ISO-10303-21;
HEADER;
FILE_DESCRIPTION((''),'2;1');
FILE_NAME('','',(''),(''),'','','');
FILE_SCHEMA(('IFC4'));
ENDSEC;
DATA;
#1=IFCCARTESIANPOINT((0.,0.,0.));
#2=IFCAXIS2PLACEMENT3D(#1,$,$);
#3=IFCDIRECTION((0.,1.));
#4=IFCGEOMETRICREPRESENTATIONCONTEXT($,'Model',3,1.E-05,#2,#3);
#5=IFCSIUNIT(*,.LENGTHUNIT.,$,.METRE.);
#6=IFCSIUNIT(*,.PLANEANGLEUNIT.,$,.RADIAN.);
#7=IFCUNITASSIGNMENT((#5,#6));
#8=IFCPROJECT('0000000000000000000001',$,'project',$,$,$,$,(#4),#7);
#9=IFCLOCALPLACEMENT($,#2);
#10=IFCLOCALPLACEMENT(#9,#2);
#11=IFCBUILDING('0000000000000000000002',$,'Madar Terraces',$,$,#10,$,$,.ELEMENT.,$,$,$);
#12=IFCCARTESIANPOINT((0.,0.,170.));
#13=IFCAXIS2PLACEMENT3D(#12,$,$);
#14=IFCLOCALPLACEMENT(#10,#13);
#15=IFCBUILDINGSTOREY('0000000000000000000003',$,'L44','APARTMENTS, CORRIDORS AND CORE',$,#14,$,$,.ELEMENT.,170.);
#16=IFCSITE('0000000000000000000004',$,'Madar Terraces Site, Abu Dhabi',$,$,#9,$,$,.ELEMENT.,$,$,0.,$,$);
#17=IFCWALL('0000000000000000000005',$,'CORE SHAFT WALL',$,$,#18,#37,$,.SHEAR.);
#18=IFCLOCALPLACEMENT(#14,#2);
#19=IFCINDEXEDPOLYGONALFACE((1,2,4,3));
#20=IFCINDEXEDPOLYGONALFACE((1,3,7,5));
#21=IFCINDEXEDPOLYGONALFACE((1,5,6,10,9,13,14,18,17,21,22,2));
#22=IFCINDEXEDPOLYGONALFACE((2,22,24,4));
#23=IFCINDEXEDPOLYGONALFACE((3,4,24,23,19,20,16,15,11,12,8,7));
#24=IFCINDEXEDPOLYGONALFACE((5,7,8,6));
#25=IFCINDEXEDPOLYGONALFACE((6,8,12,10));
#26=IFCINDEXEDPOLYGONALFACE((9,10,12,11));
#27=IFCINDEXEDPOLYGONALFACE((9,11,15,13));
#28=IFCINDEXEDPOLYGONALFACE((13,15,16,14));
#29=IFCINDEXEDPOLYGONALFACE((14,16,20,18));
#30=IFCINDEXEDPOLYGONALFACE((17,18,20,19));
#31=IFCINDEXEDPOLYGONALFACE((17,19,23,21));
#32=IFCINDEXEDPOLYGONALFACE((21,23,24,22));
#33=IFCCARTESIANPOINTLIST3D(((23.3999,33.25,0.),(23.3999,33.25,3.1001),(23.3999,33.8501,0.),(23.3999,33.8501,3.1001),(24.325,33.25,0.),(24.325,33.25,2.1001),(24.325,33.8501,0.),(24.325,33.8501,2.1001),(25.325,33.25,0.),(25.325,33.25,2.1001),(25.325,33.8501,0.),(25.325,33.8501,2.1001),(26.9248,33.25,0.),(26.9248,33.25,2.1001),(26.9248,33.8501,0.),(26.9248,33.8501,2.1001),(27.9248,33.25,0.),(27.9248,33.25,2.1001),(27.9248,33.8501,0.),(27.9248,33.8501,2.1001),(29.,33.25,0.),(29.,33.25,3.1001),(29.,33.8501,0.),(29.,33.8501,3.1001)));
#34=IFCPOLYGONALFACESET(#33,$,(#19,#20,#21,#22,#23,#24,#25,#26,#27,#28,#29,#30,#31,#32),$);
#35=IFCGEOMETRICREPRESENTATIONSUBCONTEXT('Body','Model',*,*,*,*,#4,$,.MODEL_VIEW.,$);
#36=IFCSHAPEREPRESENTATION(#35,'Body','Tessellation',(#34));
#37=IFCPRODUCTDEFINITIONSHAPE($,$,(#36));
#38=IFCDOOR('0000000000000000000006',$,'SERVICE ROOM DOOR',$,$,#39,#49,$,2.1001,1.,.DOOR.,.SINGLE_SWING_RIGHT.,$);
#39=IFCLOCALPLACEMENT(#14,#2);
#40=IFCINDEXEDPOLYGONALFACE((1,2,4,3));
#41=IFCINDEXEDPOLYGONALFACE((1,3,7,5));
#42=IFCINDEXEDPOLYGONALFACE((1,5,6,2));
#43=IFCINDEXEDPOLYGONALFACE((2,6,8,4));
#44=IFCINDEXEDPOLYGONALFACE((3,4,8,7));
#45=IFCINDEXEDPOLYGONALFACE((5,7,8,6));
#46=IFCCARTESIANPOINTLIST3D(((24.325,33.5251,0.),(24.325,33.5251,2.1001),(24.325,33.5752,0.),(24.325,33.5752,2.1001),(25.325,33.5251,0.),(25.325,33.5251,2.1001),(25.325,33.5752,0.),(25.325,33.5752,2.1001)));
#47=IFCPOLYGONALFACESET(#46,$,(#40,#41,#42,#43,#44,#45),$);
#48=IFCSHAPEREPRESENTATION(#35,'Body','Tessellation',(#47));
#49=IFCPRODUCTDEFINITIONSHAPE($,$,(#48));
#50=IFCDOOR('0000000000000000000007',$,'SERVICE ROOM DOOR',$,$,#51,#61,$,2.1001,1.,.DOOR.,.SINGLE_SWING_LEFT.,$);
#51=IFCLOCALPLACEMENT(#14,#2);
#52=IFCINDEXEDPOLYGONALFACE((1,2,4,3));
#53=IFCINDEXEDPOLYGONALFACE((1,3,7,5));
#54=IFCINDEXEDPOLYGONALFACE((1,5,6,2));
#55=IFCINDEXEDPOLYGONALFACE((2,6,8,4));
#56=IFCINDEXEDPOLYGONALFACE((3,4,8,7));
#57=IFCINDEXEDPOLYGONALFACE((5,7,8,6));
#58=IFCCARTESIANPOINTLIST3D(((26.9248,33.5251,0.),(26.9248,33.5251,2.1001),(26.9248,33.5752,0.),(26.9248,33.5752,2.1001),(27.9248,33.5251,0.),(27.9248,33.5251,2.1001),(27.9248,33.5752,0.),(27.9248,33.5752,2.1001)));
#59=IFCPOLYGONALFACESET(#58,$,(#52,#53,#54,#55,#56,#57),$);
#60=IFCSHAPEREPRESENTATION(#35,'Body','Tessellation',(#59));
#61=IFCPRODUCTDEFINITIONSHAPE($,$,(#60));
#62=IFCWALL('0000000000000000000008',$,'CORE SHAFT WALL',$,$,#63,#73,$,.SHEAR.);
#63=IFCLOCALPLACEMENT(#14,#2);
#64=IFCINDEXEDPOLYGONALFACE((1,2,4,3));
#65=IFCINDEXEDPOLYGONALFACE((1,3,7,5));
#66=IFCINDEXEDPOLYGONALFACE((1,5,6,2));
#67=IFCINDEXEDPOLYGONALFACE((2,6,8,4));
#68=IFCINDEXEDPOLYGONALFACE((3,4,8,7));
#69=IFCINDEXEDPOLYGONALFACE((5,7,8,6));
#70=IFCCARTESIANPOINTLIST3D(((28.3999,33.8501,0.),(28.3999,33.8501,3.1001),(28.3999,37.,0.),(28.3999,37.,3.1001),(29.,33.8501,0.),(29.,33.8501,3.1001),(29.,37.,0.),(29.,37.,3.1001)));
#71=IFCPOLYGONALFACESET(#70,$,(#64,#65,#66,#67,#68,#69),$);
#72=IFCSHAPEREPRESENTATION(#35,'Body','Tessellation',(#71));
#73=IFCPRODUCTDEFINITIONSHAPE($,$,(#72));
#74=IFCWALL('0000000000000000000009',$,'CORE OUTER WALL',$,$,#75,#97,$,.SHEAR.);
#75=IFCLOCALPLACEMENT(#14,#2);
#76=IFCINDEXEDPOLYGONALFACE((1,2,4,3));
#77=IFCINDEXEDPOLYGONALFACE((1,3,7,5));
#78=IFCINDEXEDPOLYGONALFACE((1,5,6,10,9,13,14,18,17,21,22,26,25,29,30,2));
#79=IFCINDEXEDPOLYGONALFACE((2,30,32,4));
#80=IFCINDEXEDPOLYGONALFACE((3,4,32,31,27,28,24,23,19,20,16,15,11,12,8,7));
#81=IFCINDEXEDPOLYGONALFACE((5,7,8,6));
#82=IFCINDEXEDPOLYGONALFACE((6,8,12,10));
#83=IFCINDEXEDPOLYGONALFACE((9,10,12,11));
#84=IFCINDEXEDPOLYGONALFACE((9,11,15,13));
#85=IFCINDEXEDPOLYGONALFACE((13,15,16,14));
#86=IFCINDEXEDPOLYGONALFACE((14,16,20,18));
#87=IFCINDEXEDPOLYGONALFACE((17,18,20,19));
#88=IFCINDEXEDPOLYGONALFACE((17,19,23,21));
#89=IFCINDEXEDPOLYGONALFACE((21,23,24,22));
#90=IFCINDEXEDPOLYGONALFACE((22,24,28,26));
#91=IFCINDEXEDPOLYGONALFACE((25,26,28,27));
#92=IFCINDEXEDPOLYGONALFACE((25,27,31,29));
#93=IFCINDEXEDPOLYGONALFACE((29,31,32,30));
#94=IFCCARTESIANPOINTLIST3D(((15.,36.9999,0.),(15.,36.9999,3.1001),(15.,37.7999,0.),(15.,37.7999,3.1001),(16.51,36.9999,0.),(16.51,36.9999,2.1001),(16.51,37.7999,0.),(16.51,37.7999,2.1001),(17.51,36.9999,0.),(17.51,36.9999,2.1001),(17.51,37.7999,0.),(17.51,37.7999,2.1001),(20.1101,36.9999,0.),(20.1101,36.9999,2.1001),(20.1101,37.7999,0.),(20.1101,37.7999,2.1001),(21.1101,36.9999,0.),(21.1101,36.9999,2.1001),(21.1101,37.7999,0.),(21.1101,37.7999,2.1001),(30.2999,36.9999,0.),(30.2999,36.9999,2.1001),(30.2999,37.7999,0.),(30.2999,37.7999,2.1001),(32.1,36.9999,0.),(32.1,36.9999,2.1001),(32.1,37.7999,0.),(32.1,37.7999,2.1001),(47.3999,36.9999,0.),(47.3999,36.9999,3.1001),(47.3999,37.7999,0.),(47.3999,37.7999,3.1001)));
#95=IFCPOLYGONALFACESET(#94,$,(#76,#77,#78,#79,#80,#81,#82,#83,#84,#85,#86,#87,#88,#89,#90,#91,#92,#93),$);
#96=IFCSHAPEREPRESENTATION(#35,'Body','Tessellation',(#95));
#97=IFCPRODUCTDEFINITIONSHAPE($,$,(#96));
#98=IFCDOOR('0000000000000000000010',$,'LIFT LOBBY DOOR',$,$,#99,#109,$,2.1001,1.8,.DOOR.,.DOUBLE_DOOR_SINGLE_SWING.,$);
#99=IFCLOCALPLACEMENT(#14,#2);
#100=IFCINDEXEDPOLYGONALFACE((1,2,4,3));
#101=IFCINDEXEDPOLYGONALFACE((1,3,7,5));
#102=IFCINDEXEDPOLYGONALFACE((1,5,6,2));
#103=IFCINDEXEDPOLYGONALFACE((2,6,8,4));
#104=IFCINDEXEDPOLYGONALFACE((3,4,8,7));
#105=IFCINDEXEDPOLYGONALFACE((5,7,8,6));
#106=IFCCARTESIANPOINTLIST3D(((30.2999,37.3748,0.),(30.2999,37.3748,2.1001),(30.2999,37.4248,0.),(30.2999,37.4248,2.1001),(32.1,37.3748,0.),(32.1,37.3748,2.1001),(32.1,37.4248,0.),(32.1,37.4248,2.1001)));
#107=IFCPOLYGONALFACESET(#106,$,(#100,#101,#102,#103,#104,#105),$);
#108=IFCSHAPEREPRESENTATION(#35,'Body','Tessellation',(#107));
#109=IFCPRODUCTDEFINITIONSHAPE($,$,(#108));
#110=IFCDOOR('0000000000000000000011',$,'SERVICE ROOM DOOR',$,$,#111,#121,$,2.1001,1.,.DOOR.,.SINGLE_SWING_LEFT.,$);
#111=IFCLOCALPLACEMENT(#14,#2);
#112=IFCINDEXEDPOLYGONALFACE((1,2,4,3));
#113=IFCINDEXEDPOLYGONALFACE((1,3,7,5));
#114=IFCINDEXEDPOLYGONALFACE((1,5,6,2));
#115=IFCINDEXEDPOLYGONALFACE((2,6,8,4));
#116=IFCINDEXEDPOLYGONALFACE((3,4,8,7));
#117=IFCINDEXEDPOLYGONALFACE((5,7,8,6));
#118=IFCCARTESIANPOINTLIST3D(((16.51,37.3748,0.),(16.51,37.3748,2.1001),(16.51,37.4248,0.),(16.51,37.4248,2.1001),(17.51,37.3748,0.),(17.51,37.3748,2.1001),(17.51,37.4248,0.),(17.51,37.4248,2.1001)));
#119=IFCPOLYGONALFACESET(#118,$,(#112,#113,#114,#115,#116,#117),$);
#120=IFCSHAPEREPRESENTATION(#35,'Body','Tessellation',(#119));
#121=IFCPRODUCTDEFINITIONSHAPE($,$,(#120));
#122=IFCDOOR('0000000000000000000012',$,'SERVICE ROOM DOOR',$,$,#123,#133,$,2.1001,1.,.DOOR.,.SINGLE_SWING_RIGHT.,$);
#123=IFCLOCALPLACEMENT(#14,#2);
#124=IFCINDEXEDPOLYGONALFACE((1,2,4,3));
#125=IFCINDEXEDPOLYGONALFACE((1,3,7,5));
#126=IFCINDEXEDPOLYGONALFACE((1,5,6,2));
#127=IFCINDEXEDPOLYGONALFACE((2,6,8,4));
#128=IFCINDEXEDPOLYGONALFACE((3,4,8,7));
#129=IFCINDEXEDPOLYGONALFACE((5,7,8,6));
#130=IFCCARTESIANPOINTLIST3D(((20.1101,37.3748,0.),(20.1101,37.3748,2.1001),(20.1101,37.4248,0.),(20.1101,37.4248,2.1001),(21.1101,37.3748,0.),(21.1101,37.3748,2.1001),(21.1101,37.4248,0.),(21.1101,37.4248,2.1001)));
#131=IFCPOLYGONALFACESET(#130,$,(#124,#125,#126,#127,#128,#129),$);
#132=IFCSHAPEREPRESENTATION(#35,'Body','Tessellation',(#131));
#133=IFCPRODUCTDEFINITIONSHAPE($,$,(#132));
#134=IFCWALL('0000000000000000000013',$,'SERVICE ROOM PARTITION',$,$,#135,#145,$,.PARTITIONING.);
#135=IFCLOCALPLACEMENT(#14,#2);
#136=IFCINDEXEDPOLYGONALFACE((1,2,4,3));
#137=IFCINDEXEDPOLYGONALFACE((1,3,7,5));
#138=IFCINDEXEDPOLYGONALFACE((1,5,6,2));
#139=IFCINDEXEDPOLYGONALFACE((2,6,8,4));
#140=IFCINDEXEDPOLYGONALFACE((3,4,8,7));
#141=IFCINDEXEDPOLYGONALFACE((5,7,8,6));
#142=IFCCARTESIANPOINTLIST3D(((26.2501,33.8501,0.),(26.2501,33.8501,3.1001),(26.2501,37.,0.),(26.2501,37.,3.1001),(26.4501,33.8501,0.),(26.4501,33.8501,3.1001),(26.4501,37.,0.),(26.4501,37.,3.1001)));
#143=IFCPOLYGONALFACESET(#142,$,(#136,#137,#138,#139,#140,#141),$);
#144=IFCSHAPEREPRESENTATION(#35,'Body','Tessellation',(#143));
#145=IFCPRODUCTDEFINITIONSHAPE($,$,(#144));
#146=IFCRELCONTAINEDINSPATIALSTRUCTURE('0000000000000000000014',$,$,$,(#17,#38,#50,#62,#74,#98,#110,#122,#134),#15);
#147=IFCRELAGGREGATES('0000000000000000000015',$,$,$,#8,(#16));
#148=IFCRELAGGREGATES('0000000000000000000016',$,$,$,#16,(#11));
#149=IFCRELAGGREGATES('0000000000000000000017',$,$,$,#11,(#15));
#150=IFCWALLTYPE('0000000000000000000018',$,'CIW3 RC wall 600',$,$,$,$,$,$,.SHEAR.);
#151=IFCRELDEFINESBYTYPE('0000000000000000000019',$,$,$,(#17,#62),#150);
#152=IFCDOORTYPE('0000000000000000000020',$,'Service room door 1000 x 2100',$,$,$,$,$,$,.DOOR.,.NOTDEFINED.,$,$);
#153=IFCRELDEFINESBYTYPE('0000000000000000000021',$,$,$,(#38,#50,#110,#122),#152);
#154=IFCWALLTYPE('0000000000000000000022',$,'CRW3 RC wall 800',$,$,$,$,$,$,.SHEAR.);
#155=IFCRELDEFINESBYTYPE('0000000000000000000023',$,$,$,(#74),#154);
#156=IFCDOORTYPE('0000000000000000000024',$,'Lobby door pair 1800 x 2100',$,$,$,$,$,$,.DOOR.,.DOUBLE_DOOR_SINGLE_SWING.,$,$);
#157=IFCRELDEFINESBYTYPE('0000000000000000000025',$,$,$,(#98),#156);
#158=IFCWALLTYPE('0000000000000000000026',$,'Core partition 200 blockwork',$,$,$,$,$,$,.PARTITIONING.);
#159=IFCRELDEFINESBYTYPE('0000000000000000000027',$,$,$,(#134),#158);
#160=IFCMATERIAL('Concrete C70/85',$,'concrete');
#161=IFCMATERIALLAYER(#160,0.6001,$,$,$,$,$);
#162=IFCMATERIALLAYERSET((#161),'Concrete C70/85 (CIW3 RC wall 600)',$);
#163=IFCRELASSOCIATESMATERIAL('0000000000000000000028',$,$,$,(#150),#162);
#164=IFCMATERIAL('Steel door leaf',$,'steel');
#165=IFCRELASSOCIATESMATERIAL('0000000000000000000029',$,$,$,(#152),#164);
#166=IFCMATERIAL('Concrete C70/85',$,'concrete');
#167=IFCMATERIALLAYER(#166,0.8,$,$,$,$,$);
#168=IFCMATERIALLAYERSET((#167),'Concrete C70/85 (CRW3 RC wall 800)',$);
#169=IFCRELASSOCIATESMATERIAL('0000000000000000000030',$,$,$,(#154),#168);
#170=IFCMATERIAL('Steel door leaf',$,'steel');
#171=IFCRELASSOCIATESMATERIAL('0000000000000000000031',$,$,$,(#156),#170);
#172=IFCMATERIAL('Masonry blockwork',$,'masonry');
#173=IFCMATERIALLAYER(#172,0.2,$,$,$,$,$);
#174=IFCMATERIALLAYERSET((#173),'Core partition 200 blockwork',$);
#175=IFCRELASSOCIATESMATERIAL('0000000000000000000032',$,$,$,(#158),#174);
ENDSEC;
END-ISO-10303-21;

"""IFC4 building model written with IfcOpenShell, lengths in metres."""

from ifc_helpers import new_model, si_unit, direction, frame, frame_2d, origin, place, context, subcontext, project, spatial, rectangle, extrude, material, layer, layer_set, type_object, element, fill, save


model = new_model("IFC4")

# Units and contexts
model_context = context("Model", 3, precision=1e-05, world=origin(), true_north=direction((0.0, 1.0)))
body_context = subcontext(model_context, "Body", "Model", "MODEL_VIEW")
ifc_project = project(units=[si_unit("LENGTHUNIT", "METRE"), si_unit("PLANEANGLEUNIT", "RADIAN")], contexts=[model_context])

# Site, building, storey
site_placement = place(None, origin())
site = spatial("IfcSite", under=ifc_project, at=site_placement, Name="Madar Terraces Site, Abu Dhabi", CompositionType="ELEMENT", RefElevation=0.0)
building_placement = place(site_placement, origin())
building = spatial("IfcBuilding", under=site, at=building_placement, Name="Madar Terraces", CompositionType="ELEMENT")
storey_placement = place(building_placement, frame((0.0, 0.0, 170.0)))
storey = spatial("IfcBuildingStorey", under=building, at=storey_placement, Name="L44", Description="APARTMENTS, CORRIDORS AND CORE", CompositionType="ELEMENT", Elevation=170.0)

# Wall, openings, doors
ifc_material_1 = material(Name="Concrete C70/85", Category="concrete")
ifc_layer_1 = layer(ifc_material_1, 0.6001)
ifc_layer_set_1 = layer_set([ifc_layer_1], Name="Concrete C70/85 (CIW3 RC wall 600)")
wall_type_1 = type_object("IfcWallType", Name="CIW3 RC wall 600", PredefinedType="SHEAR", material=ifc_layer_set_1)
wall_1_placement = place(storey_placement, frame((23.3999, 33.55, 0.0), z_axis=(0.0, 0.0, 1.0), x_axis=(1.0, 0.0, 0.0)))
wall_1 = element("IfcWall", 1, at=wall_1_placement, inside=storey, type_object=wall_type_1, Name="CORE SHAFT WALL", PredefinedType="SHEAR", context=body_context, shape_type="SweptSolid", body=[
    extrude(rectangle(XDim=5.6001, YDim=0.6001, at=frame_2d((2.8, 0.0))), origin(), (0.0, 0.0, 1.0), 3.1001),
])
opening_1_placement = place(wall_1_placement, frame((0.925, 0.0, 0.0)))
opening_1 = element("IfcOpeningElement", 2, at=opening_1_placement, cuts=wall_1, PredefinedType="OPENING", context=body_context, shape_type="SweptSolid", body=[
    extrude(rectangle(XDim=1.0, YDim=2.1001, at=frame_2d((0.5, 1.05))), frame((0.0, 0.3101, 0.0), z_axis=(0.0, -1.0, 0.0), x_axis=(1.0, 0.0, 0.0)), (0.0, 0.0, 1.0), 0.6201),
])
opening_2_placement = place(wall_1_placement, frame((3.5249, 0.0, 0.0)))
opening_2 = element("IfcOpeningElement", 3, at=opening_2_placement, cuts=wall_1, PredefinedType="OPENING", context=body_context, shape_type="SweptSolid", body=[
    extrude(rectangle(XDim=1.0, YDim=2.1001, at=frame_2d((0.5, 1.05))), frame((0.0, 0.3101, 0.0), z_axis=(0.0, -1.0, 0.0), x_axis=(1.0, 0.0, 0.0)), (0.0, 0.0, 1.0), 0.6201),
])
ifc_material_2 = material(Name="Steel door leaf", Category="steel")
door_type_1 = type_object("IfcDoorType", Name="Service room door 1000 x 2100", OperationType="NOTDEFINED", PredefinedType="DOOR", material=ifc_material_2)
door_1_placement = place(opening_1_placement, frame((1.0, 0.0, 0.0), z_axis=(0.0, 0.0, 1.0), x_axis=(-1.0, 0.0, 0.0)))
door_1 = element("IfcDoor", 4, at=door_1_placement, inside=storey, type_object=door_type_1, Name="SERVICE ROOM DOOR", OperationType="SINGLE_SWING_RIGHT", OverallHeight=2.1001, OverallWidth=1.0, PredefinedType="DOOR", context=body_context, shape_type="SweptSolid", body=[
    extrude(rectangle(XDim=1.0, YDim=2.1001, at=frame_2d((0.5, 1.05))), frame((0.0, 0.0249, 0.0), z_axis=(0.0, -1.0, 0.0), x_axis=(1.0, 0.0, 0.0)), (0.0, 0.0, 1.0), 0.05),
])
fill(opening_1, door_1)
door_2_placement = place(opening_2_placement, frame((1.0, 0.0, 0.0), z_axis=(0.0, 0.0, 1.0), x_axis=(-1.0, 0.0, 0.0)))
door_2 = element("IfcDoor", 5, at=door_2_placement, inside=storey, type_object=door_type_1, Name="SERVICE ROOM DOOR", OperationType="SINGLE_SWING_LEFT", OverallHeight=2.1001, OverallWidth=1.0, PredefinedType="DOOR", context=body_context, shape_type="SweptSolid", body=[
    extrude(rectangle(XDim=1.0, YDim=2.1001, at=frame_2d((0.5, 1.05))), frame((0.0, 0.0249, 0.0), z_axis=(0.0, -1.0, 0.0), x_axis=(1.0, 0.0, 0.0)), (0.0, 0.0, 1.0), 0.05),
])
fill(opening_2, door_2)

# Wall
wall_2_placement = place(storey_placement, frame((28.7, 33.8501, 0.0), z_axis=(0.0, 0.0, 1.0), x_axis=(0.0, 1.0, 0.0)))
element("IfcWall", 6, at=wall_2_placement, inside=storey, type_object=wall_type_1, Name="CORE SHAFT WALL", PredefinedType="SHEAR", context=body_context, shape_type="SweptSolid", body=[
    extrude(rectangle(XDim=3.1499, YDim=0.6001, at=frame_2d((1.575, 0.0))), origin(), (0.0, 0.0, 1.0), 3.1001),
])

# Wall, openings, doors
ifc_material_3 = material(Name="Concrete C70/85", Category="concrete")
ifc_layer_2 = layer(ifc_material_3, 0.8)
ifc_layer_set_2 = layer_set([ifc_layer_2], Name="Concrete C70/85 (CRW3 RC wall 800)")
wall_type_2 = type_object("IfcWallType", Name="CRW3 RC wall 800", PredefinedType="SHEAR", material=ifc_layer_set_2)
wall_3_placement = place(storey_placement, frame((15.0, 37.3999, 0.0), z_axis=(0.0, 0.0, 1.0), x_axis=(1.0, 0.0, 0.0)))
wall_3 = element("IfcWall", 7, at=wall_3_placement, inside=storey, type_object=wall_type_2, Name="CORE OUTER WALL", PredefinedType="SHEAR", context=body_context, shape_type="SweptSolid", body=[
    extrude(rectangle(XDim=32.3999, YDim=0.8, at=frame_2d((16.2, 0.0))), origin(), (0.0, 0.0, 1.0), 3.1001),
])
opening_3_placement = place(wall_3_placement, frame((15.3, 0.0, 0.0)))
opening_3 = element("IfcOpeningElement", 8, at=opening_3_placement, cuts=wall_3, PredefinedType="OPENING", context=body_context, shape_type="SweptSolid", body=[
    extrude(rectangle(XDim=1.8, YDim=2.1001, at=frame_2d((0.8999, 1.05))), frame((0.0, 0.4099, 0.0), z_axis=(0.0, -1.0, 0.0), x_axis=(1.0, 0.0, 0.0)), (0.0, 0.0, 1.0), 0.8201),
])
opening_4_placement = place(wall_3_placement, frame((1.51, 0.0, 0.0)))
opening_4 = element("IfcOpeningElement", 9, at=opening_4_placement, cuts=wall_3, PredefinedType="OPENING", context=body_context, shape_type="SweptSolid", body=[
    extrude(rectangle(XDim=1.0, YDim=2.1001, at=frame_2d((0.5, 1.05))), frame((0.0, 0.4099, 0.0), z_axis=(0.0, -1.0, 0.0), x_axis=(1.0, 0.0, 0.0)), (0.0, 0.0, 1.0), 0.8201),
])
opening_5_placement = place(wall_3_placement, frame((5.1101, 0.0, 0.0)))
opening_5 = element("IfcOpeningElement", 10, at=opening_5_placement, cuts=wall_3, PredefinedType="OPENING", context=body_context, shape_type="SweptSolid", body=[
    extrude(rectangle(XDim=1.0, YDim=2.1001, at=frame_2d((0.5, 1.05))), frame((0.0, 0.4099, 0.0), z_axis=(0.0, -1.0, 0.0), x_axis=(1.0, 0.0, 0.0)), (0.0, 0.0, 1.0), 0.8201),
])
ifc_material_4 = material(Name="Steel door leaf", Category="steel")
door_type_2 = type_object("IfcDoorType", Name="Lobby door pair 1800 x 2100", OperationType="DOUBLE_DOOR_SINGLE_SWING", PredefinedType="DOOR", material=ifc_material_4)
door_3_placement = place(opening_3_placement, origin())
door_3 = element("IfcDoor", 11, at=door_3_placement, inside=storey, type_object=door_type_2, Name="LIFT LOBBY DOOR", OperationType="DOUBLE_DOOR_SINGLE_SWING", OverallHeight=2.1001, OverallWidth=1.8, PredefinedType="DOOR", context=body_context, shape_type="SweptSolid", body=[
    extrude(rectangle(XDim=1.8, YDim=2.1001, at=frame_2d((0.8999, 1.05))), frame((0.0, 0.0249, 0.0), z_axis=(0.0, -1.0, 0.0), x_axis=(1.0, 0.0, 0.0)), (0.0, 0.0, 1.0), 0.05),
])
fill(opening_3, door_3)
door_4_placement = place(opening_4_placement, origin())
door_4 = element("IfcDoor", 12, at=door_4_placement, inside=storey, type_object=door_type_1, Name="SERVICE ROOM DOOR", OperationType="SINGLE_SWING_LEFT", OverallHeight=2.1001, OverallWidth=1.0, PredefinedType="DOOR", context=body_context, shape_type="SweptSolid", body=[
    extrude(rectangle(XDim=1.0, YDim=2.1001, at=frame_2d((0.5, 1.05))), frame((0.0, 0.0249, 0.0), z_axis=(0.0, -1.0, 0.0), x_axis=(1.0, 0.0, 0.0)), (0.0, 0.0, 1.0), 0.05),
])
fill(opening_4, door_4)
door_5_placement = place(opening_5_placement, origin())
door_5 = element("IfcDoor", 13, at=door_5_placement, inside=storey, type_object=door_type_1, Name="SERVICE ROOM DOOR", OperationType="SINGLE_SWING_RIGHT", OverallHeight=2.1001, OverallWidth=1.0, PredefinedType="DOOR", context=body_context, shape_type="SweptSolid", body=[
    extrude(rectangle(XDim=1.0, YDim=2.1001, at=frame_2d((0.5, 1.05))), frame((0.0, 0.0249, 0.0), z_axis=(0.0, -1.0, 0.0), x_axis=(1.0, 0.0, 0.0)), (0.0, 0.0, 1.0), 0.05),
])
fill(opening_5, door_5)

# Wall
ifc_material_5 = material(Name="Masonry blockwork", Category="masonry")
ifc_layer_3 = layer(ifc_material_5, 0.2)
ifc_layer_set_3 = layer_set([ifc_layer_3], Name="Core partition 200 blockwork")
wall_type_3 = type_object("IfcWallType", Name="Core partition 200 blockwork", PredefinedType="PARTITIONING", material=ifc_layer_set_3)
wall_4_placement = place(storey_placement, frame((26.3501, 33.8501, 0.0), z_axis=(0.0, 0.0, 1.0), x_axis=(0.0, 1.0, 0.0)))
element("IfcWall", 14, at=wall_4_placement, inside=storey, type_object=wall_type_3, Name="SERVICE ROOM PARTITION", PredefinedType="PARTITIONING", context=body_context, shape_type="SweptSolid", body=[
    extrude(rectangle(XDim=3.1499, YDim=0.2, at=frame_2d((1.575, 0.0))), origin(), (0.0, 0.0, 1.0), 3.1001),
])

save(model, "model.ifc")
